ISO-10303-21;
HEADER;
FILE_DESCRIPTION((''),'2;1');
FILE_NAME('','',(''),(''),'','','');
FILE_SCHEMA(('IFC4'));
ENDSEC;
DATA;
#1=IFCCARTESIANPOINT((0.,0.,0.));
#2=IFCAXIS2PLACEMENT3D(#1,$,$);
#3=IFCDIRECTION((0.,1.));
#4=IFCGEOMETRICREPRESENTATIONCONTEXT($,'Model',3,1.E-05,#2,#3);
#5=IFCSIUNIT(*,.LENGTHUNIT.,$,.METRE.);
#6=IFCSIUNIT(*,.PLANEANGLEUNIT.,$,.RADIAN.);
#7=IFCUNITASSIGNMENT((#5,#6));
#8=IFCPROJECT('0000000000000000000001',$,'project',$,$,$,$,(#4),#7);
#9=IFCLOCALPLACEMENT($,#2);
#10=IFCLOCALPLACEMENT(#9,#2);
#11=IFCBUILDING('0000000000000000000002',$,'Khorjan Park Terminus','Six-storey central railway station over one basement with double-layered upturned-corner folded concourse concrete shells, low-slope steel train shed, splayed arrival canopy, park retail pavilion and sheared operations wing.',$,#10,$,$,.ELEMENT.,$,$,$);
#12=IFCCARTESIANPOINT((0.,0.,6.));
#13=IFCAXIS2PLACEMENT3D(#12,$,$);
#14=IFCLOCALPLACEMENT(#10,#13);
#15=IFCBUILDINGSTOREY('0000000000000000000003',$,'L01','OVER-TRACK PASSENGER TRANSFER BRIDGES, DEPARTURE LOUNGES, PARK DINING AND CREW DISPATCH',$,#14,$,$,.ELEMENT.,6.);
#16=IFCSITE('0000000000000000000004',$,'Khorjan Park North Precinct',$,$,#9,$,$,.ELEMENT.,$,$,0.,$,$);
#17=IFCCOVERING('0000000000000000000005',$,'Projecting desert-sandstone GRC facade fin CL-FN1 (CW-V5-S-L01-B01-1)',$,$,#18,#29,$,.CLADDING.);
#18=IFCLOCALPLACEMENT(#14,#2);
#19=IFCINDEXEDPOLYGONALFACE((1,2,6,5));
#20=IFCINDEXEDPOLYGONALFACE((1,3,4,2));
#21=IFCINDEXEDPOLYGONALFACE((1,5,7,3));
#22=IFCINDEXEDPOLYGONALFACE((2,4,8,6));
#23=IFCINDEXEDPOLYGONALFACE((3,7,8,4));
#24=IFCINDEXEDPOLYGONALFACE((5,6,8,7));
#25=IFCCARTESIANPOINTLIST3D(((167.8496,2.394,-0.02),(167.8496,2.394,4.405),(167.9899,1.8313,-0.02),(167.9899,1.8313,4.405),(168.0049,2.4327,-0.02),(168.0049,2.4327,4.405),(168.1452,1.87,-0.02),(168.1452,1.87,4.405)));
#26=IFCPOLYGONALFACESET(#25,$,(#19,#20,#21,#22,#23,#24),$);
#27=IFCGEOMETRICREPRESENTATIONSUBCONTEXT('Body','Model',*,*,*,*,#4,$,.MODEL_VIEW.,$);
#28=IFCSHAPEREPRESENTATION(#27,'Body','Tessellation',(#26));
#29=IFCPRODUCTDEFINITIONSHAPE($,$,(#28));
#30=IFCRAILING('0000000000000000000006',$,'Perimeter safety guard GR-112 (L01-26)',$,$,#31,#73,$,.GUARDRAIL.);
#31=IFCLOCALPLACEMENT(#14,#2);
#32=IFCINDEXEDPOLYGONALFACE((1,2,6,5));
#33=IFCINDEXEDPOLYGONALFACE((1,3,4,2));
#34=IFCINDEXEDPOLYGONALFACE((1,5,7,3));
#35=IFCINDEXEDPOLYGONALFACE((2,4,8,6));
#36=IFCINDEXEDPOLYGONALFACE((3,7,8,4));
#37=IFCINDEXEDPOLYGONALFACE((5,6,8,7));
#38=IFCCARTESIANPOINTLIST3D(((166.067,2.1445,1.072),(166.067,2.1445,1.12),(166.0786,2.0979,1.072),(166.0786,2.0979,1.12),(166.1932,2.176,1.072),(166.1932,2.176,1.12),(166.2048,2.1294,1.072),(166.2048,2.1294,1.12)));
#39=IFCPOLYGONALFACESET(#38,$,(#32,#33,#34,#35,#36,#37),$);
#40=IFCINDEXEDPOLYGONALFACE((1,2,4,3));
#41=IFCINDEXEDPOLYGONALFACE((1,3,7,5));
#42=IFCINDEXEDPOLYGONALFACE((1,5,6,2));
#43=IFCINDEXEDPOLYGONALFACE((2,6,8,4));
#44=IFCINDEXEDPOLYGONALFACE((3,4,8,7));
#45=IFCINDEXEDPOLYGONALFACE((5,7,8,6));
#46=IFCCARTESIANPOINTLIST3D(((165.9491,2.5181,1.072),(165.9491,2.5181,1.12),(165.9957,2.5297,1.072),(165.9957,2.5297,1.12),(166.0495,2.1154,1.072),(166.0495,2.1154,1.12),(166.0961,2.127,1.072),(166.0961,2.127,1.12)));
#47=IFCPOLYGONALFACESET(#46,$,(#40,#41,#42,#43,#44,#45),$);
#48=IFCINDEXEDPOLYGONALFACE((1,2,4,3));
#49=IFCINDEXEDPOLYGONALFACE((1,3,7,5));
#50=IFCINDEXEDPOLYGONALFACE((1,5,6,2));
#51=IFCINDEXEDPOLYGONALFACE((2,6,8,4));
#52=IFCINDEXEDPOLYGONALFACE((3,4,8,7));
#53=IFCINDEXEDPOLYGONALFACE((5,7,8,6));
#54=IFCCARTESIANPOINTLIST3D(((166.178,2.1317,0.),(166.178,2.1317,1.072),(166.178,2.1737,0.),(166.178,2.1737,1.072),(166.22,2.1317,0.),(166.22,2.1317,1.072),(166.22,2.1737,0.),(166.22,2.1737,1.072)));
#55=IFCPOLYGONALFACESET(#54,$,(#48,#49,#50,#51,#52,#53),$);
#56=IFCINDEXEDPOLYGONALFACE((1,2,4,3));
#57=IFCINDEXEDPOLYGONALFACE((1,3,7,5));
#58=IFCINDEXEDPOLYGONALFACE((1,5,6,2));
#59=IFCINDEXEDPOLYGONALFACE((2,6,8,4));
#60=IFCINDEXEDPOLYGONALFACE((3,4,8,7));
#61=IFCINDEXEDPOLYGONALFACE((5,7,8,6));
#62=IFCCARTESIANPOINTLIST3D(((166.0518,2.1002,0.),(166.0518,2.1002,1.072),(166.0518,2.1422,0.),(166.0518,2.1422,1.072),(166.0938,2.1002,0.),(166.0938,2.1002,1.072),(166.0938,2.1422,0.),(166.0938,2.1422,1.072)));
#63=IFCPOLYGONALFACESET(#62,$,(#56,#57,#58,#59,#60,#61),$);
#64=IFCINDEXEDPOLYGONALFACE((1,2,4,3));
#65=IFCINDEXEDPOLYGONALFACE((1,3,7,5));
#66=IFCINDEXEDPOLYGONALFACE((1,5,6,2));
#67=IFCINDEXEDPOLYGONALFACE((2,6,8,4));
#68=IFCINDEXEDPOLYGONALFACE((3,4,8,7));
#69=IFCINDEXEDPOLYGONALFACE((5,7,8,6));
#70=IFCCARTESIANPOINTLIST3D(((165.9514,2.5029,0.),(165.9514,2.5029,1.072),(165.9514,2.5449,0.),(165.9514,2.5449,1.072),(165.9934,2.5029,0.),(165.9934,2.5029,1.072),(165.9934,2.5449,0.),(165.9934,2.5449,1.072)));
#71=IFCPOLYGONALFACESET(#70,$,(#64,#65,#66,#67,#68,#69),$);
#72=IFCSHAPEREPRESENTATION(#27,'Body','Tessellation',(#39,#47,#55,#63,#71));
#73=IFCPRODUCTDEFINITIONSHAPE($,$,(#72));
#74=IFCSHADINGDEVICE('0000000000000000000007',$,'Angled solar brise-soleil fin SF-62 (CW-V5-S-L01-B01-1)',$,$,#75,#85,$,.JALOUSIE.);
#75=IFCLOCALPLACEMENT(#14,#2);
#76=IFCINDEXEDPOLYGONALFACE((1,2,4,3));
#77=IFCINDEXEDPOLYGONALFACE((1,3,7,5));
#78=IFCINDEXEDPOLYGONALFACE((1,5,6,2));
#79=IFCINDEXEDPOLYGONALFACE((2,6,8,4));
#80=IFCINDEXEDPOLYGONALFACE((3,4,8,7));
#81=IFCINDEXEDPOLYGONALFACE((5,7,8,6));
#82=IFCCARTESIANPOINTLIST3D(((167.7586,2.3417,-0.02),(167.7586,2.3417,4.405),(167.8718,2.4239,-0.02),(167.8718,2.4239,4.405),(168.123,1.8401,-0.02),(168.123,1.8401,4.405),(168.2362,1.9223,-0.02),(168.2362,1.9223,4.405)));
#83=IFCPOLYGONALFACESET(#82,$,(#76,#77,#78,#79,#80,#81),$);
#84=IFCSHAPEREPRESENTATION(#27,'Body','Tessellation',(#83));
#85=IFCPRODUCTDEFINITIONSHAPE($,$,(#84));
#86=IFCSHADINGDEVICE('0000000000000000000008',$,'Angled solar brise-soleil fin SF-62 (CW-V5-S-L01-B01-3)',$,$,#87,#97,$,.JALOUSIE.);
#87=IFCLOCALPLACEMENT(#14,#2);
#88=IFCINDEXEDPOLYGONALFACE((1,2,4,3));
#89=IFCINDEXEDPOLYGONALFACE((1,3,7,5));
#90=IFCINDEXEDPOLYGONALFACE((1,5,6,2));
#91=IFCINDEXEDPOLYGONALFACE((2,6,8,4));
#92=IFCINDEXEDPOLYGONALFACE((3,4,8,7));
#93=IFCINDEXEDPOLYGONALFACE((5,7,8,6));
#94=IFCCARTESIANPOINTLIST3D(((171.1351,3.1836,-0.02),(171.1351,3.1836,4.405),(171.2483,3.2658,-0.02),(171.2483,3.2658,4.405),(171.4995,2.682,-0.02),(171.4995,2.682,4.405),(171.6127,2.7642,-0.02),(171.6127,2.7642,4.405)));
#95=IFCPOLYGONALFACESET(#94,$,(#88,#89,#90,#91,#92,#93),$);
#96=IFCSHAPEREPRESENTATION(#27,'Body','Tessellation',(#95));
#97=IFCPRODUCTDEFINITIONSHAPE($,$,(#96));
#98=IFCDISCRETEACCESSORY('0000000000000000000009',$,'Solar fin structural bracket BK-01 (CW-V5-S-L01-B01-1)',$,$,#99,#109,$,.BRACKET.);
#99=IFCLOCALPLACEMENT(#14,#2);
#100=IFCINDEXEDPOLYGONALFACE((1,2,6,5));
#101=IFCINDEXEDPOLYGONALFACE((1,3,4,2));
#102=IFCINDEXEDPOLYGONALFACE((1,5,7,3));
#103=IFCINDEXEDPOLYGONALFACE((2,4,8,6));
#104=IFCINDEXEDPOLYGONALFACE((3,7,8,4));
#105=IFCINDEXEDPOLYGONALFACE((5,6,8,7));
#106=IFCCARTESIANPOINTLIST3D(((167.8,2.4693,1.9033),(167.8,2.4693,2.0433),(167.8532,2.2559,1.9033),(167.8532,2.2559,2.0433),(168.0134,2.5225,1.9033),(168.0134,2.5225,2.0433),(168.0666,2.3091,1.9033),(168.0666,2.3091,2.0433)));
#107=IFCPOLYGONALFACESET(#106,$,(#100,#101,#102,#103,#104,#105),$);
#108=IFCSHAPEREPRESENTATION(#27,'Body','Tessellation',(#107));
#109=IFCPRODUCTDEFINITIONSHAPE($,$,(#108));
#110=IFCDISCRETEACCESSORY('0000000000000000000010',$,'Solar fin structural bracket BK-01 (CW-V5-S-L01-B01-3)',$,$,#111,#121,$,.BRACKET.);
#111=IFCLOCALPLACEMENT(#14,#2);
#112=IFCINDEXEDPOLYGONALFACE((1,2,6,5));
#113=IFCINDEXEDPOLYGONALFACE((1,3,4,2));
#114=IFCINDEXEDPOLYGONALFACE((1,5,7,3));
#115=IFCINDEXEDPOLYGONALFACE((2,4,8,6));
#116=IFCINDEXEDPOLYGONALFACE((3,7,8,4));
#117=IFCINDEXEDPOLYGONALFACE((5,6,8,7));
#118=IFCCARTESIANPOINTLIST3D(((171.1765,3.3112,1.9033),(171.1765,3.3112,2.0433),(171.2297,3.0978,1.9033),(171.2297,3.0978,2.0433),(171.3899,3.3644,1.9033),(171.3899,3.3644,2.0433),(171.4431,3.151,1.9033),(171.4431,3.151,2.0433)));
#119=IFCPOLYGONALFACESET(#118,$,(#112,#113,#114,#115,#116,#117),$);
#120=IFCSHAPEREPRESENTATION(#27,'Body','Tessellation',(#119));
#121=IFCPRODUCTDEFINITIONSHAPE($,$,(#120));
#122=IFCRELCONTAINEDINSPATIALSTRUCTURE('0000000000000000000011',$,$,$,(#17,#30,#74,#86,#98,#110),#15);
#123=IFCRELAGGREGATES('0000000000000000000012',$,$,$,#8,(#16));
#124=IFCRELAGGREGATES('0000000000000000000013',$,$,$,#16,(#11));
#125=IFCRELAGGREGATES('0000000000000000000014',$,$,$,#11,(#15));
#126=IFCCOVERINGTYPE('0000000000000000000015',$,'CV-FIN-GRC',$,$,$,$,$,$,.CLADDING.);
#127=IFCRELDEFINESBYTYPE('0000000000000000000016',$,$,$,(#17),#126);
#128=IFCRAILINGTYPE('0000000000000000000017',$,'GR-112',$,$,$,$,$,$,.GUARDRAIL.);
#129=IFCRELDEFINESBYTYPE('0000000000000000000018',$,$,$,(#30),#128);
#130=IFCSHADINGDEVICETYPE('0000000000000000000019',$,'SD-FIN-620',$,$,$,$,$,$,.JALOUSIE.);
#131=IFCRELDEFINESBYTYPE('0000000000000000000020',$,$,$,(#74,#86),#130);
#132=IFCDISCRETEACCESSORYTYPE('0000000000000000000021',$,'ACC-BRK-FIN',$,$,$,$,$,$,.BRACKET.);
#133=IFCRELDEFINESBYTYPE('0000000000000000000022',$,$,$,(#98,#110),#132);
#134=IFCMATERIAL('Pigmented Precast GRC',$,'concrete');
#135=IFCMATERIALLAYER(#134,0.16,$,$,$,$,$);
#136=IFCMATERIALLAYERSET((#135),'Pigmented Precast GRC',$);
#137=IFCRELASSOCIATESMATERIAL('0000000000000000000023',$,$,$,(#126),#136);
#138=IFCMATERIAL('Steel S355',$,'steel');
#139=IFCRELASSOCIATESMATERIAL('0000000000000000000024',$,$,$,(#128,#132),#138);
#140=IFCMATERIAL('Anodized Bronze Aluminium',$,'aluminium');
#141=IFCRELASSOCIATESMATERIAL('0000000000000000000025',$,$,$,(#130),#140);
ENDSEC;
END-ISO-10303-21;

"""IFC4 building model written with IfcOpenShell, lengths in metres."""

from ifc_helpers import new_model, si_unit, direction, frame, origin, origin_2d, place, context, subcontext, project, spatial, rectangle, extrude, material, layer, layer_set, type_object, element, save


model = new_model("IFC4")

# Units and contexts
model_context = context("Model", 3, precision=1e-05, world=origin(), true_north=direction((0.0, 1.0)))
body_context = subcontext(model_context, "Body", "Model", "MODEL_VIEW")
ifc_project = project(units=[si_unit("LENGTHUNIT", "METRE"), si_unit("PLANEANGLEUNIT", "RADIAN")], contexts=[model_context])

# Site, building, storey
site_placement = place(None, origin())
site = spatial("IfcSite", under=ifc_project, at=site_placement, Name="Khorjan Park North Precinct", CompositionType="ELEMENT", RefElevation=0.0)
building_placement = place(site_placement, origin())
building = spatial("IfcBuilding", under=site, at=building_placement, Name="Khorjan Park Terminus", Description="Six-storey central railway station over one basement with double-layered upturned-corner folded concourse concrete shells, low-slope steel train shed, splayed arrival canopy, park retail pavilion and sheared operations wing.", CompositionType="ELEMENT")
storey_placement = place(building_placement, frame((0.0, 0.0, 6.0)))
storey = spatial("IfcBuildingStorey", under=building, at=storey_placement, Name="L01", Description="OVER-TRACK PASSENGER TRANSFER BRIDGES, DEPARTURE LOUNGES, PARK DINING AND CREW DISPATCH", CompositionType="ELEMENT", Elevation=6.0)

# Shared definitions
ifc_material_1 = material(Name="Steel S355", Category="steel")

# Shared definitions
ifc_material_2 = material(Name="Anodized Bronze Aluminium", Category="aluminium")

# Covering
ifc_material_3 = material(Name="Pigmented Precast GRC", Category="concrete")
ifc_layer_1 = layer(ifc_material_3, 0.16)
ifc_layer_set_1 = layer_set([ifc_layer_1], Name="Pigmented Precast GRC")
covering_type = type_object("IfcCoveringType", Name="CV-FIN-GRC", PredefinedType="CLADDING", material=ifc_layer_set_1)
covering_placement = place(storey_placement, frame((167.9974, 2.132, -0.02), z_axis=(0.0, 0.0, 1.0), x_axis=(-0.241922, 0.970296, 0.0)))
element("IfcCovering", 1, at=covering_placement, inside=storey, type_object=covering_type, Name="Projecting desert-sandstone GRC facade fin CL-FN1 (CW-V5-S-L01-B01-1)", PredefinedType="CLADDING", context=body_context, shape_type="SweptSolid", body=[
    extrude(rectangle(XDim=0.58, YDim=0.16, at=origin_2d()), origin(), (0.0, 0.0, 1.0), 4.425),
])

# Railing
railing_type = type_object("IfcRailingType", Name="GR-112", PredefinedType="GUARDRAIL", material=ifc_material_1)
railing_placement = place(storey_placement, frame((166.199, 2.1527, 0.0)))
element("IfcRailing", 2, at=railing_placement, inside=storey, type_object=railing_type, Name="Perimeter safety guard GR-112 (L01-26)", PredefinedType="GUARDRAIL", context=body_context, shape_type="SweptSolid", body=[
    extrude(rectangle(XDim=0.048, YDim=0.048, at=origin_2d()), frame((0.0, 0.0, 1.096), z_axis=(-0.970233, -0.242174, 0.0), x_axis=(0.242174, -0.970233, 0.0)), (0.0, 0.0, 1.0), 0.1301),
    extrude(rectangle(XDim=0.048, YDim=0.048, at=origin_2d()), frame((-0.1262, -0.0315, 1.096), z_axis=(-0.241912, 0.970298, 0.0), x_axis=(-0.970298, -0.241912, 0.0)), (0.0, 0.0, 1.0), 0.415),
    extrude(rectangle(XDim=0.042, YDim=0.042, at=origin_2d()), origin(), (0.0, 0.0, 1.0), 1.072),
    extrude(rectangle(XDim=0.042, YDim=0.042, at=origin_2d()), frame((-0.1262, -0.0315, 0.0)), (0.0, 0.0, 1.0), 1.072),
    extrude(rectangle(XDim=0.042, YDim=0.042, at=origin_2d()), frame((-0.2266, 0.3712, 0.0)), (0.0, 0.0, 1.0), 1.072),
])

# Shading devices
shading_device_type = type_object("IfcShadingDeviceType", Name="SD-FIN-620", PredefinedType="JALOUSIE", material=ifc_material_2)
for number, where, z_axis, x_axis, name in (
    (3, (167.9974, 2.132, -0.02), (0.0, 0.0, 1.0), (-0.587785, 0.809017, 0.0), "Angled solar brise-soleil fin SF-62 (CW-V5-S-L01-B01-1)"),
    (4, (171.3739, 2.9739, -0.02), (0.0, 0.0, 1.0), (-0.587785, 0.809017, 0.0), "Angled solar brise-soleil fin SF-62 (CW-V5-S-L01-B01-3)"),
):
    element("IfcShadingDevice", number, at=place(storey_placement, frame(where, z_axis=z_axis, x_axis=x_axis)), inside=storey, type_object=shading_device_type, Name=name, PredefinedType="JALOUSIE", context=body_context, shape_type="SweptSolid", body=[
        extrude(rectangle(XDim=0.62, YDim=0.14, at=origin_2d()), origin(), (0.0, 0.0, 1.0), 4.425),
    ])

# Discrete accessories
discrete_accessory_type = type_object("IfcDiscreteAccessoryType", Name="ACC-BRK-FIN", PredefinedType="BRACKET", material=ifc_material_1)
for number, where, z_axis, x_axis, name in (
    (5, (167.9333, 2.3892, 1.9033), (0.0, 0.0, 1.0), (0.970296, 0.241923, 0.0), "Solar fin structural bracket BK-01 (CW-V5-S-L01-B01-1)"),
    (6, (171.3098, 3.2311, 1.9033), (0.0, 0.0, 1.0), (0.970296, 0.241923, 0.0), "Solar fin structural bracket BK-01 (CW-V5-S-L01-B01-3)"),
):
    element("IfcDiscreteAccessory", number, at=place(storey_placement, frame(where, z_axis=z_axis, x_axis=x_axis)), inside=storey, type_object=discrete_accessory_type, Name=name, PredefinedType="BRACKET", context=body_context, shape_type="SweptSolid", body=[
        extrude(rectangle(XDim=0.22, YDim=0.22, at=origin_2d()), origin(), (0.0, 0.0, 1.0), 0.14),
    ])

save(model, "model.ifc")
